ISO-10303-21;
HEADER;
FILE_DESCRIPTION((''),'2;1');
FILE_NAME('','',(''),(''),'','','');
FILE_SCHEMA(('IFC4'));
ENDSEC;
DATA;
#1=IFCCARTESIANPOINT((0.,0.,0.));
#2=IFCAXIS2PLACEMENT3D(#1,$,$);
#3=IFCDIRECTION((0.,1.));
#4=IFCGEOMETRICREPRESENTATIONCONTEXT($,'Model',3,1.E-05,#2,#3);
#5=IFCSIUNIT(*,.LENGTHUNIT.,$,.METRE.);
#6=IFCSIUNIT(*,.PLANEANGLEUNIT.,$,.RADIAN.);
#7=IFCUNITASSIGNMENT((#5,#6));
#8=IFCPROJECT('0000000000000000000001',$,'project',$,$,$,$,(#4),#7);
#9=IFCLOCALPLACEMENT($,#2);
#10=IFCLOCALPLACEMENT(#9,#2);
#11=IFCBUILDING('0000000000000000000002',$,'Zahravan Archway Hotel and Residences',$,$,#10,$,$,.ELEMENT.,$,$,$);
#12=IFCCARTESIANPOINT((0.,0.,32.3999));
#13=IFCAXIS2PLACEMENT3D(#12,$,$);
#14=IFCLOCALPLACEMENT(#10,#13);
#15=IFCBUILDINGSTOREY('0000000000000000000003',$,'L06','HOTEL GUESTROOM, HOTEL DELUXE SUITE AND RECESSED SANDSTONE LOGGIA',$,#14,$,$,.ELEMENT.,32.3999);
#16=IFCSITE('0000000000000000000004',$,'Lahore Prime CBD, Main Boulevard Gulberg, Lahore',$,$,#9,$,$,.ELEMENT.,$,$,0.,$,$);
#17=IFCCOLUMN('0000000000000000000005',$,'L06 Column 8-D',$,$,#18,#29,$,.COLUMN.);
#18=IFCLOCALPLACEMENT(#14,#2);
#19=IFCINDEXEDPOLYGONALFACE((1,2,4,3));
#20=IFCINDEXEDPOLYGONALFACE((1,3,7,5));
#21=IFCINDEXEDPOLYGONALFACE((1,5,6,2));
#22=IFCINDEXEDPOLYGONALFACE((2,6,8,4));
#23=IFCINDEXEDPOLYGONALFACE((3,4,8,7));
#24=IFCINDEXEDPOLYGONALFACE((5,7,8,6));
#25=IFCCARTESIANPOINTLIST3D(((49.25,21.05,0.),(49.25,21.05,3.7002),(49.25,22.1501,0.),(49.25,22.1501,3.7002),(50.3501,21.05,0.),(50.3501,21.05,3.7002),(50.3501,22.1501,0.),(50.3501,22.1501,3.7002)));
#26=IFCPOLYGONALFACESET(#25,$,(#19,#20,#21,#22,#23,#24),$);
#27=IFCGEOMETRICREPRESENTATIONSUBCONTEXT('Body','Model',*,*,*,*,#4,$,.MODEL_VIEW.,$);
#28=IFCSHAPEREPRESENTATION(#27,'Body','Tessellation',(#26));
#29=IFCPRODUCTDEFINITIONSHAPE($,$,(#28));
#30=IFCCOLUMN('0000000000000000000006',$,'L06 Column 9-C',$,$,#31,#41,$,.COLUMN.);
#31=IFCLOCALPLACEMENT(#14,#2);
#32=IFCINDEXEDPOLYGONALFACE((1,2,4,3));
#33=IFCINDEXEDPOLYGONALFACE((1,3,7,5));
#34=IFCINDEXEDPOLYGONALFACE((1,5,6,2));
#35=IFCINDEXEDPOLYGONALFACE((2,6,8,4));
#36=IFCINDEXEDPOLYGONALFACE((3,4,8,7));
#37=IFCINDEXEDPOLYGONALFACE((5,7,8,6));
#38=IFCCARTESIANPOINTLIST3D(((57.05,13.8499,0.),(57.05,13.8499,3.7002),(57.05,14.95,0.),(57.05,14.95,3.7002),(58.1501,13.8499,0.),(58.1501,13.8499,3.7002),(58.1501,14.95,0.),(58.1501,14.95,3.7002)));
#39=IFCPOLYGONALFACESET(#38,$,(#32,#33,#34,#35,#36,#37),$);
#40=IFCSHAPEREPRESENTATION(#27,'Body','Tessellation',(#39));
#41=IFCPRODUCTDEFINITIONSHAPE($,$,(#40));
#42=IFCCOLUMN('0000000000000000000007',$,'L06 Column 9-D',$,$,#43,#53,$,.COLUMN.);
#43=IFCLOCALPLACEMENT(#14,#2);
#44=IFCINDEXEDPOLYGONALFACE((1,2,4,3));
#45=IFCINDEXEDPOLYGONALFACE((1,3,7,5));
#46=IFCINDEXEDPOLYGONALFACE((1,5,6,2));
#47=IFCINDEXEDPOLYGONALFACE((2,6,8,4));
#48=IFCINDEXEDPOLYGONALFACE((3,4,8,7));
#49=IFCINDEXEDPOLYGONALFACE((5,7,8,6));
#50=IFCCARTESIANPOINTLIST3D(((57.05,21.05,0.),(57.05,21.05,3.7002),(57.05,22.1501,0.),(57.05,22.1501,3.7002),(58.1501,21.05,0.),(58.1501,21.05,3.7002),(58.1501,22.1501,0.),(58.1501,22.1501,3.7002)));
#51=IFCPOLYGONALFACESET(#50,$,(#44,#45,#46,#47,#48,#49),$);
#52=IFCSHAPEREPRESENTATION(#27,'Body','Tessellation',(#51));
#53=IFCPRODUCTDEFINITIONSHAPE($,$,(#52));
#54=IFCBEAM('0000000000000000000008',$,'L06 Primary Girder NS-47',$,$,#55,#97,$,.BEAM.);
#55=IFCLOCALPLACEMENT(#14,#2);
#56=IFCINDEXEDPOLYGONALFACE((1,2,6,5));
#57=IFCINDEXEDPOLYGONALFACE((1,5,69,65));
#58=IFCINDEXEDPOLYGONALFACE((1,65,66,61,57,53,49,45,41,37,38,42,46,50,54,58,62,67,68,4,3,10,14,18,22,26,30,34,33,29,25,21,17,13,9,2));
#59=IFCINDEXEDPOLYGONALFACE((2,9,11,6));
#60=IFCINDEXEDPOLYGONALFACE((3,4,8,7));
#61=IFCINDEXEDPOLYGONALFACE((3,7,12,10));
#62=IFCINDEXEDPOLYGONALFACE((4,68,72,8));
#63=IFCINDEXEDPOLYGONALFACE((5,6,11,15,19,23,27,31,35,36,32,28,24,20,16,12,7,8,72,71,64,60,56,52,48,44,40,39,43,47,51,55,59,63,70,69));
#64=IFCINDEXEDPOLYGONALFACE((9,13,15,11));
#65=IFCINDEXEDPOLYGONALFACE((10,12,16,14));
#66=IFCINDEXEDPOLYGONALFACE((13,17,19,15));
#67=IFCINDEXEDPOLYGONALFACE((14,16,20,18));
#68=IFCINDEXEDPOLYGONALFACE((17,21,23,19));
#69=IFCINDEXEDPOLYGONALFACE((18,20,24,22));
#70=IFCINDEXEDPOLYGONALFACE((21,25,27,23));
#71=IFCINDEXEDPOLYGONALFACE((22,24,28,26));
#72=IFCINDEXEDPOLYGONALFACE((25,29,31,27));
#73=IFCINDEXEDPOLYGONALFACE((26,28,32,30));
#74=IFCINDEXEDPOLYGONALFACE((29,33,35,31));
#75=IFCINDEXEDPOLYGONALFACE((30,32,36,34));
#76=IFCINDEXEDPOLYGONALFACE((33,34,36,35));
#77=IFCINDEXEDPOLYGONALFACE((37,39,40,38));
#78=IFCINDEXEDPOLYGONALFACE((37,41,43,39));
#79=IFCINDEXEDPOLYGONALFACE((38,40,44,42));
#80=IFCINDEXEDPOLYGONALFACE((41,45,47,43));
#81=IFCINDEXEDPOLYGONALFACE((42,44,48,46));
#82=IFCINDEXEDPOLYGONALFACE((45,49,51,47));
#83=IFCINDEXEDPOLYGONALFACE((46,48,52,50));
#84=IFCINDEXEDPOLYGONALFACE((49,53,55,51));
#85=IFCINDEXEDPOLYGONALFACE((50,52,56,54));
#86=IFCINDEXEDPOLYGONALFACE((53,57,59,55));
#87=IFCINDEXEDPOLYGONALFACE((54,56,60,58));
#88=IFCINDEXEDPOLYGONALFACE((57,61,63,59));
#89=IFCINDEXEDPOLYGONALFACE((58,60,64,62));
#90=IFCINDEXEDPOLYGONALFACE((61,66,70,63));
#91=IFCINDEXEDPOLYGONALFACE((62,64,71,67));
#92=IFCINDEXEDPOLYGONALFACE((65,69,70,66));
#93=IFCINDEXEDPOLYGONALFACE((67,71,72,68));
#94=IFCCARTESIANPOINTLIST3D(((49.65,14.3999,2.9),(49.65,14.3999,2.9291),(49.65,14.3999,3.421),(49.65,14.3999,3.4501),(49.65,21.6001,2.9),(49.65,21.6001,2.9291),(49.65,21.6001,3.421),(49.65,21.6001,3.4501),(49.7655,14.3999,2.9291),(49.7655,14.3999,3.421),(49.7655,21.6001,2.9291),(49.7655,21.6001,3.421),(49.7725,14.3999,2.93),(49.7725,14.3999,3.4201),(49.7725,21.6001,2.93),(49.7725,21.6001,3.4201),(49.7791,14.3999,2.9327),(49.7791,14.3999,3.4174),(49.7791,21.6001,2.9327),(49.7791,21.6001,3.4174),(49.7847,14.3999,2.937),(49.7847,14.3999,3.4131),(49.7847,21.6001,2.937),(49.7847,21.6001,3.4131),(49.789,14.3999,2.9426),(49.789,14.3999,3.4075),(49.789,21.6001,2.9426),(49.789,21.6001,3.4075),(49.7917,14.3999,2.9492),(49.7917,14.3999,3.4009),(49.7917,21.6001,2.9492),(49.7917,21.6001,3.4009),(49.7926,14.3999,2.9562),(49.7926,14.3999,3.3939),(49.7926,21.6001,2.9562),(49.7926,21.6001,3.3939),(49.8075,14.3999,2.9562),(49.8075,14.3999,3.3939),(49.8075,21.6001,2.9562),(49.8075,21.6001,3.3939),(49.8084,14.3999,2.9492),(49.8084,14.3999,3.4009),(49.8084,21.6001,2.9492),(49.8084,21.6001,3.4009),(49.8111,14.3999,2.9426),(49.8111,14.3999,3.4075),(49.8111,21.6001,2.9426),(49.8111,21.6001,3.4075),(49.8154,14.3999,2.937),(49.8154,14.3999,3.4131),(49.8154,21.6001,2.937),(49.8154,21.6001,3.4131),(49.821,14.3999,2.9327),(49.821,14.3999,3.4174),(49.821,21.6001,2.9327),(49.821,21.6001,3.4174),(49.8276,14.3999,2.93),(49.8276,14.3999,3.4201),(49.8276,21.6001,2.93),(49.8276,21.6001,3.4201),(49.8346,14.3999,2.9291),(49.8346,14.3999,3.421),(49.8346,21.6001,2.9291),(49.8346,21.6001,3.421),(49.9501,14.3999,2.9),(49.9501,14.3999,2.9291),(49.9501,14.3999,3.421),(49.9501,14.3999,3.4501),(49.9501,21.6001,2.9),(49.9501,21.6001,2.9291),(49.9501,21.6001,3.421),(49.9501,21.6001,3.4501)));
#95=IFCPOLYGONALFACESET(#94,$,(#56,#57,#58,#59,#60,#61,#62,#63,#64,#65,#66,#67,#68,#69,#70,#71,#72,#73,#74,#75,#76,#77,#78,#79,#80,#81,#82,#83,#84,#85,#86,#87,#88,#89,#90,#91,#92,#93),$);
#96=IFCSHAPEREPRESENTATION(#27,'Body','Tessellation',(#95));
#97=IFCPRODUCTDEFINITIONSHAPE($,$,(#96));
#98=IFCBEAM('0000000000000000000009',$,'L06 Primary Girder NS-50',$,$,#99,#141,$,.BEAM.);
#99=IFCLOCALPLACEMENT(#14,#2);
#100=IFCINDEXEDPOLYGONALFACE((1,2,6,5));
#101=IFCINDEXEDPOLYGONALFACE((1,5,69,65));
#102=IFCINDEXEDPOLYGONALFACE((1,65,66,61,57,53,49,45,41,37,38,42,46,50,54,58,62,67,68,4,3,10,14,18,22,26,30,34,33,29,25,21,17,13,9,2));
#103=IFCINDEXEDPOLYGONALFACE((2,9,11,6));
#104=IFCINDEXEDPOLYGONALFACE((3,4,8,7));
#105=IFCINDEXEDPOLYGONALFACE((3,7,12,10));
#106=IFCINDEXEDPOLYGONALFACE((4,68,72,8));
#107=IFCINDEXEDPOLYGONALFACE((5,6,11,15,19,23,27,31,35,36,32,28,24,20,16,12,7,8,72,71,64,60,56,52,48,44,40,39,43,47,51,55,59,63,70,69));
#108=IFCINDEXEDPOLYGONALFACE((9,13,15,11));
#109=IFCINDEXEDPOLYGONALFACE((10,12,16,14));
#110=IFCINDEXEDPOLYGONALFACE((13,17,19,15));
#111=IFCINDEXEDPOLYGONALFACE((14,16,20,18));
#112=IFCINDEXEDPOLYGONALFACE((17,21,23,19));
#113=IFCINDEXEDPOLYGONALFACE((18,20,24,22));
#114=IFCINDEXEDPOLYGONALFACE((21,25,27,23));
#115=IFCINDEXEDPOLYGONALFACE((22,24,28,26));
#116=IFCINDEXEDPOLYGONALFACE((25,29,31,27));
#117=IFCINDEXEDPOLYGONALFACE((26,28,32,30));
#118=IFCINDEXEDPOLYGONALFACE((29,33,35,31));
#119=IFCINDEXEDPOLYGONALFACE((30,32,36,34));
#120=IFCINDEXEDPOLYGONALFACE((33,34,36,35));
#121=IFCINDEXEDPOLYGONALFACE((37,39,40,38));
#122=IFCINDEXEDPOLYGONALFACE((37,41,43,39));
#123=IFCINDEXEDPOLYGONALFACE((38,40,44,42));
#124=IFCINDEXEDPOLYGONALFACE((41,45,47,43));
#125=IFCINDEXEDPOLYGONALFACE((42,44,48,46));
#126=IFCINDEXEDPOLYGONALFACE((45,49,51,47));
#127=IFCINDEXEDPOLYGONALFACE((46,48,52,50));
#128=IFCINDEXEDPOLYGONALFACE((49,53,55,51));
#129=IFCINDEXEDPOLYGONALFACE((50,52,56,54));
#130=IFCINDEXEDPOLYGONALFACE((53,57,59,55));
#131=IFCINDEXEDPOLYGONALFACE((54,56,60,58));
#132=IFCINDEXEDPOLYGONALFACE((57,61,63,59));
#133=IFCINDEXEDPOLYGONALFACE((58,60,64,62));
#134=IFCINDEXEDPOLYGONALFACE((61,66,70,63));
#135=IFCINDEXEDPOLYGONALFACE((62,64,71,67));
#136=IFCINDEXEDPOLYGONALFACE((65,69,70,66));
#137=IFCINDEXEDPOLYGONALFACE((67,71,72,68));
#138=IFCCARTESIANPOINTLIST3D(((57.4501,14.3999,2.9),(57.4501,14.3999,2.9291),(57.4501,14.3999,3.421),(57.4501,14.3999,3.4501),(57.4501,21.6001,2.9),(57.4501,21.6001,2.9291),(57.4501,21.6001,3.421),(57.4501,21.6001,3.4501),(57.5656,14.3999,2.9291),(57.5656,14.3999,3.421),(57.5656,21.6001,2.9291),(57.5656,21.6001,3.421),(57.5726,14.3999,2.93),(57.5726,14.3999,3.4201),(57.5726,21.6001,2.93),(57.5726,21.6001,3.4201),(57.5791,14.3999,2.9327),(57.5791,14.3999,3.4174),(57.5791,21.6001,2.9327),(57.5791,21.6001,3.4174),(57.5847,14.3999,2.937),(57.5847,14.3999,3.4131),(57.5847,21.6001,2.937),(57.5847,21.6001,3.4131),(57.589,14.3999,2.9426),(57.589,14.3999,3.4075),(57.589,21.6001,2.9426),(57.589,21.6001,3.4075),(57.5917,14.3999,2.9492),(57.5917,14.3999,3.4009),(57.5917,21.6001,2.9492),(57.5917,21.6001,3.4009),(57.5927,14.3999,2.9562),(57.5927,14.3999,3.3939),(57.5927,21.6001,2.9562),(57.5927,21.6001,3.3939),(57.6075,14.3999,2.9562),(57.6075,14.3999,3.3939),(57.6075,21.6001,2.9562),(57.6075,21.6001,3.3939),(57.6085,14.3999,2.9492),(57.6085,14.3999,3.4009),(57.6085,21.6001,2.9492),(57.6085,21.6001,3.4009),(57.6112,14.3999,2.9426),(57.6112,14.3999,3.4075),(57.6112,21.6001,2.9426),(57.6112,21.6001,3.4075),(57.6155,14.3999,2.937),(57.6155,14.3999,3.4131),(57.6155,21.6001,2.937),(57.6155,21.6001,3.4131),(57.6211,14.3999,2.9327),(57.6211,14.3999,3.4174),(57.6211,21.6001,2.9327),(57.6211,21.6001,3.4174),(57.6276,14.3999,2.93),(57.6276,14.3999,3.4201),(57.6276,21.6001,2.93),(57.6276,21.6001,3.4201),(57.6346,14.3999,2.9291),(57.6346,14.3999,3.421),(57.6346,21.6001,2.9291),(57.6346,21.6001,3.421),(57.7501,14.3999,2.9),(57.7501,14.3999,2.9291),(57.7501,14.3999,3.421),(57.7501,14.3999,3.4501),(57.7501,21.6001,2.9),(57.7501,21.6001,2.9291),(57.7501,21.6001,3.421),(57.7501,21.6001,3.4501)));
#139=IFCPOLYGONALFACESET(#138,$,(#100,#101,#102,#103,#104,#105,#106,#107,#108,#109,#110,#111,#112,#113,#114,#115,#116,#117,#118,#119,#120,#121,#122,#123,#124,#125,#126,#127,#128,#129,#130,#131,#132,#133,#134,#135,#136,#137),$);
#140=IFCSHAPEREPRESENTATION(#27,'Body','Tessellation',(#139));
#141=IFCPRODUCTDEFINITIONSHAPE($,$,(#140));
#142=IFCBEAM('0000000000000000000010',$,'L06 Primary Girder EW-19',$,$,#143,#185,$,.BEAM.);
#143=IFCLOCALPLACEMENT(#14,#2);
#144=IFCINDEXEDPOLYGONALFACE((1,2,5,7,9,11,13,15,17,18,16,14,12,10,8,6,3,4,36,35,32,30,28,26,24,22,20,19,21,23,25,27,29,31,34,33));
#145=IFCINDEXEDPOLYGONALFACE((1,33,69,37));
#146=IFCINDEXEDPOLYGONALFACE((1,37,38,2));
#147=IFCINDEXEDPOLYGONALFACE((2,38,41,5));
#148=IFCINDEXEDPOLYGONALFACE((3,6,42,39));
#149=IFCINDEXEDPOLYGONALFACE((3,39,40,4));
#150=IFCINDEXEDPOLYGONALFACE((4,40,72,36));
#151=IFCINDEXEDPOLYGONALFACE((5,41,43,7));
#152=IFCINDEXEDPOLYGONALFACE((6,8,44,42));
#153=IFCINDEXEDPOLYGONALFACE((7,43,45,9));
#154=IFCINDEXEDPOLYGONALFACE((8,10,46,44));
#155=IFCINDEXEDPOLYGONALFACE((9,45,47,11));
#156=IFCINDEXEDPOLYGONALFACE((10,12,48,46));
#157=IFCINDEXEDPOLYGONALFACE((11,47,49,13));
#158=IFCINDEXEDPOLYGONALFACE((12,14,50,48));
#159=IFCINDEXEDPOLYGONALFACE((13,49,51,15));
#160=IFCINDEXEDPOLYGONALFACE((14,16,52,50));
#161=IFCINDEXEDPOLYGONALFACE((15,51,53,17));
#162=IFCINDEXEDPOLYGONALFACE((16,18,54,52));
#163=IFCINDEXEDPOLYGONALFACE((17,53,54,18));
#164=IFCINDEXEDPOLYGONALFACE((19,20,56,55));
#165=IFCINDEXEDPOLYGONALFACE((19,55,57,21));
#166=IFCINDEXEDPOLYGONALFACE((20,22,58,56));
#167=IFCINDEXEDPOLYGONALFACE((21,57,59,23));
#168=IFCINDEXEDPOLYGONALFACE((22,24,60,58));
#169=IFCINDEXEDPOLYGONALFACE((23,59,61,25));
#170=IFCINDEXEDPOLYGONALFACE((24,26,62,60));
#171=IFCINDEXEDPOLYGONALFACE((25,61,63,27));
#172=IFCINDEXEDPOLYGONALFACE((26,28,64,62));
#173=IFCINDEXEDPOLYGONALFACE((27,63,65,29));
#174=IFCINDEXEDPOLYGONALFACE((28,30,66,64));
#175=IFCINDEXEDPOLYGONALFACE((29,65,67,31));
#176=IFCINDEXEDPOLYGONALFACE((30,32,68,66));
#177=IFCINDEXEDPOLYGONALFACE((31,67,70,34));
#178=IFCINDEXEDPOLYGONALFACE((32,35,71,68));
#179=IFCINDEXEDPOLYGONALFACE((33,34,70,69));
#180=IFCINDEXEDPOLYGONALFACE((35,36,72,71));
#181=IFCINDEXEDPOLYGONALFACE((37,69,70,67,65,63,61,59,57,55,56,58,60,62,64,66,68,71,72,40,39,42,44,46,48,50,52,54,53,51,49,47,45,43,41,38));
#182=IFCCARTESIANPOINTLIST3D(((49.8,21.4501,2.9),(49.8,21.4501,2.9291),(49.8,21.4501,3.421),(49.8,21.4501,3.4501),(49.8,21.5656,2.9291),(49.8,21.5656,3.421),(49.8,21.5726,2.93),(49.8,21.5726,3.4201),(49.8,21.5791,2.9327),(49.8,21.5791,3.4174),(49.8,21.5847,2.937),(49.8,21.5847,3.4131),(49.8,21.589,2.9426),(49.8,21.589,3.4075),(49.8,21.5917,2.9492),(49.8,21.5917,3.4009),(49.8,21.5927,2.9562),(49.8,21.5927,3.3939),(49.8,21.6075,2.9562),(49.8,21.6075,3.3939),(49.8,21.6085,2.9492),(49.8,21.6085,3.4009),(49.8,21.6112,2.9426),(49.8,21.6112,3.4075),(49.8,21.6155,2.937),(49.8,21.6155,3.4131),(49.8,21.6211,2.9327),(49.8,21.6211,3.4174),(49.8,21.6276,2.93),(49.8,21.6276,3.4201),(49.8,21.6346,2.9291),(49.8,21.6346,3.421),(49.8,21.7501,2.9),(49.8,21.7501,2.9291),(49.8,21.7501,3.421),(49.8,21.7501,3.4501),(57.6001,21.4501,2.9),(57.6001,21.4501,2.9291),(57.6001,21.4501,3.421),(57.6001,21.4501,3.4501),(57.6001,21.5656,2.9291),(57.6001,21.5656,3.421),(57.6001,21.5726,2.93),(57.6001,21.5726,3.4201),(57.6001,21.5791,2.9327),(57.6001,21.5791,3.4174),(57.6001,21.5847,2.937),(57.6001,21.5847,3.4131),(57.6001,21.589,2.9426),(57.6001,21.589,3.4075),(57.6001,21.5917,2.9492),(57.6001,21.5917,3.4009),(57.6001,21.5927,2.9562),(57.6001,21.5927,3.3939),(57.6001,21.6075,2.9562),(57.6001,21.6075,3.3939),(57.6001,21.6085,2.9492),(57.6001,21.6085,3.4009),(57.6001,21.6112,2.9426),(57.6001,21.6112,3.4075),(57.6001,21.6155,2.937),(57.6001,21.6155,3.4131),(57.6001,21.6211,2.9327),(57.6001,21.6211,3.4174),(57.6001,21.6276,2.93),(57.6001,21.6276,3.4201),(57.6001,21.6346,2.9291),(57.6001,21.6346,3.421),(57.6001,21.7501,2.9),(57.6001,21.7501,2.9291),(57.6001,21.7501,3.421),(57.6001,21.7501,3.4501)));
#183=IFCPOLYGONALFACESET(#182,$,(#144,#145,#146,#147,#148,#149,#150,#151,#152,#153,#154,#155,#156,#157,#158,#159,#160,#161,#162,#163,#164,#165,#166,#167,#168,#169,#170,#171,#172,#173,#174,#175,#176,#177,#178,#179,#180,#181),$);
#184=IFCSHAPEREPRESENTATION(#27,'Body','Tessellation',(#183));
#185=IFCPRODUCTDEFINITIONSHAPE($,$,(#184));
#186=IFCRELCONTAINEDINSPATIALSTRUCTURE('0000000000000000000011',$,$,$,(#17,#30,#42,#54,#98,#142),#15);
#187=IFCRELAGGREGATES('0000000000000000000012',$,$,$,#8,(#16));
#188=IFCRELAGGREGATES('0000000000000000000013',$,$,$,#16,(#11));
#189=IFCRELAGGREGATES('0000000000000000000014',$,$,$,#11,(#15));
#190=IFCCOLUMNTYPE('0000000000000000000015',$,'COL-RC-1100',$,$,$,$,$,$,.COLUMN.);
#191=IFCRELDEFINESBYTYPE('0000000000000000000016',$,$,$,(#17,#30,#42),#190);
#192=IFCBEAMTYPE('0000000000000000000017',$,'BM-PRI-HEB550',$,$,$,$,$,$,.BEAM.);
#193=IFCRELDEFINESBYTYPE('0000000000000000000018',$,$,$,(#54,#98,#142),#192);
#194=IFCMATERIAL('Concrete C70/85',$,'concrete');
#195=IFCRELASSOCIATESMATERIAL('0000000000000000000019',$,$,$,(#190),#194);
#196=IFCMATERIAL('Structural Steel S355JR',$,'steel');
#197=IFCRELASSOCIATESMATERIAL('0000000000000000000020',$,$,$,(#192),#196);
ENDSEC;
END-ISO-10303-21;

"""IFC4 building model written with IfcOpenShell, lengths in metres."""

from ifc_helpers import new_model, si_unit, direction, frame, origin, origin_2d, place, context, subcontext, project, spatial, rectangle, i_section, extrude, source, transform, mapped, material, material_profile, profile_set, type_object, type_shapes, element, save


model = new_model("IFC4")

# Units and contexts
model_context = context("Model", 3, precision=1e-05, world=origin(), true_north=direction((0.0, 1.0)))
body_context = subcontext(model_context, "Body", "Model", "MODEL_VIEW")
ifc_project = project(units=[si_unit("LENGTHUNIT", "METRE"), si_unit("PLANEANGLEUNIT", "RADIAN")], contexts=[model_context])

# Site, building, storey
site_placement = place(None, origin())
site = spatial("IfcSite", under=ifc_project, at=site_placement, Name="Lahore Prime CBD, Main Boulevard Gulberg, Lahore", CompositionType="ELEMENT", RefElevation=0.0)
building_placement = place(site_placement, origin())
building = spatial("IfcBuilding", under=site, at=building_placement, Name="Zahravan Archway Hotel and Residences", CompositionType="ELEMENT")
storey_placement = place(building_placement, frame((0.0, 0.0, 32.3999)))
storey = spatial("IfcBuildingStorey", under=building, at=storey_placement, Name="L06", Description="HOTEL GUESTROOM, HOTEL DELUXE SUITE AND RECESSED SANDSTONE LOGGIA", CompositionType="ELEMENT", Elevation=32.3999)

# Columns
ifc_material_1 = material(Name="Concrete C70/85", Category="concrete")
ifc_material_profile_1 = material_profile(ifc_material_1, rectangle(XDim=1.1001, YDim=1.1001, at=origin_2d()), Name="RC 1100x1100", Category="concrete")
ifc_profile_set_1 = profile_set([ifc_material_profile_1], Name="Concrete C70/85")
column_type = type_object("IfcColumnType", Name="COL-RC-1100", PredefinedType="COLUMN", material=ifc_profile_set_1)
shared_shape_1 = source(origin(), body_context, "Body", "SweptSolid", [
    extrude(rectangle(XDim=1.1001, YDim=1.1001, at=origin_2d()), origin(), (0.0, 0.0, 1.0), 3.7002),
])
for number, where, z_axis, x_axis, name in (
    (1, (49.8, 21.6001, 0.0), (0.0, 0.0, 1.0), (1.0, 0.0, 0.0), "L06 Column 8-D"),
    (2, (57.6001, 14.3999, 0.0), (0.0, 0.0, 1.0), (1.0, 0.0, 0.0), "L06 Column 9-C"),
    (3, (57.6001, 21.6001, 0.0), (0.0, 0.0, 1.0), (1.0, 0.0, 0.0), "L06 Column 9-D"),
):
    element("IfcColumn", number, at=place(storey_placement, frame(where, z_axis=z_axis, x_axis=x_axis)), inside=storey, type_object=column_type, Name=name, PredefinedType="COLUMN", context=body_context, shape_type="MappedRepresentation", body=[
        mapped(shared_shape_1, transform((0.0, 0.0, 0.0), scale=1.0)),
    ])

# Beams
ifc_material_2 = material(Name="Structural Steel S355JR", Category="steel")
ifc_material_profile_2 = material_profile(ifc_material_2, i_section(OverallWidth=0.3, OverallDepth=0.55, WebThickness=0.0149, FlangeThickness=0.0291, FilletRadius=0.0271, at=origin_2d()), Name="HEB 550", Category="steel")
ifc_profile_set_2 = profile_set([ifc_material_profile_2], Name="Structural Steel S355JR")
beam_type_1 = type_object("IfcBeamType", Name="BM-PRI-HEB550", PredefinedType="BEAM", material=ifc_profile_set_2)
shared_shape_2 = source(origin(), body_context, "Body", "SweptSolid", [
    extrude(i_section(OverallWidth=0.3, OverallDepth=0.55, WebThickness=0.0149, FlangeThickness=0.0291, FilletRadius=0.0271, at=origin_2d()), origin(), (0.0, 0.0, 1.0), 7.2002),
])
type_shapes(beam_type_1, [shared_shape_2])
for number, where, z_axis, x_axis, name in (
    (4, (49.8, 14.3999, 3.175), (0.0, 1.0, 0.0), (-1.0, 0.0, 0.0), "L06 Primary Girder NS-47"),
    (5, (57.6001, 14.3999, 3.175), (0.0, 1.0, 0.0), (-1.0, 0.0, 0.0), "L06 Primary Girder NS-50"),
):
    element("IfcBeam", number, at=place(storey_placement, frame(where, z_axis=z_axis, x_axis=x_axis)), inside=storey, type_object=beam_type_1, Name=name, PredefinedType="BEAM", context=body_context, shape_type="MappedRepresentation", body=[
        mapped(shared_shape_2, transform((0.0, 0.0, 0.0), scale=1.0)),
    ])
shared_shape_3 = source(origin(), body_context, "Body", "SweptSolid", [
    extrude(i_section(OverallWidth=0.3, OverallDepth=0.55, WebThickness=0.0149, FlangeThickness=0.0291, FilletRadius=0.0271, at=origin_2d()), origin(), (0.0, 0.0, 1.0), 7.8),
])
beam_1_placement = place(storey_placement, frame((49.8, 21.6001, 3.175), z_axis=(1.0, 0.0, 0.0), x_axis=(0.0, 1.0, 0.0)))
element("IfcBeam", 6, at=beam_1_placement, inside=storey, type_object=beam_type_1, Name="L06 Primary Girder EW-19", PredefinedType="BEAM", context=body_context, shape_type="MappedRepresentation", body=[
    mapped(shared_shape_3, transform((0.0, 0.0, 0.0), scale=1.0)),
])

save(model, "model.ifc")
